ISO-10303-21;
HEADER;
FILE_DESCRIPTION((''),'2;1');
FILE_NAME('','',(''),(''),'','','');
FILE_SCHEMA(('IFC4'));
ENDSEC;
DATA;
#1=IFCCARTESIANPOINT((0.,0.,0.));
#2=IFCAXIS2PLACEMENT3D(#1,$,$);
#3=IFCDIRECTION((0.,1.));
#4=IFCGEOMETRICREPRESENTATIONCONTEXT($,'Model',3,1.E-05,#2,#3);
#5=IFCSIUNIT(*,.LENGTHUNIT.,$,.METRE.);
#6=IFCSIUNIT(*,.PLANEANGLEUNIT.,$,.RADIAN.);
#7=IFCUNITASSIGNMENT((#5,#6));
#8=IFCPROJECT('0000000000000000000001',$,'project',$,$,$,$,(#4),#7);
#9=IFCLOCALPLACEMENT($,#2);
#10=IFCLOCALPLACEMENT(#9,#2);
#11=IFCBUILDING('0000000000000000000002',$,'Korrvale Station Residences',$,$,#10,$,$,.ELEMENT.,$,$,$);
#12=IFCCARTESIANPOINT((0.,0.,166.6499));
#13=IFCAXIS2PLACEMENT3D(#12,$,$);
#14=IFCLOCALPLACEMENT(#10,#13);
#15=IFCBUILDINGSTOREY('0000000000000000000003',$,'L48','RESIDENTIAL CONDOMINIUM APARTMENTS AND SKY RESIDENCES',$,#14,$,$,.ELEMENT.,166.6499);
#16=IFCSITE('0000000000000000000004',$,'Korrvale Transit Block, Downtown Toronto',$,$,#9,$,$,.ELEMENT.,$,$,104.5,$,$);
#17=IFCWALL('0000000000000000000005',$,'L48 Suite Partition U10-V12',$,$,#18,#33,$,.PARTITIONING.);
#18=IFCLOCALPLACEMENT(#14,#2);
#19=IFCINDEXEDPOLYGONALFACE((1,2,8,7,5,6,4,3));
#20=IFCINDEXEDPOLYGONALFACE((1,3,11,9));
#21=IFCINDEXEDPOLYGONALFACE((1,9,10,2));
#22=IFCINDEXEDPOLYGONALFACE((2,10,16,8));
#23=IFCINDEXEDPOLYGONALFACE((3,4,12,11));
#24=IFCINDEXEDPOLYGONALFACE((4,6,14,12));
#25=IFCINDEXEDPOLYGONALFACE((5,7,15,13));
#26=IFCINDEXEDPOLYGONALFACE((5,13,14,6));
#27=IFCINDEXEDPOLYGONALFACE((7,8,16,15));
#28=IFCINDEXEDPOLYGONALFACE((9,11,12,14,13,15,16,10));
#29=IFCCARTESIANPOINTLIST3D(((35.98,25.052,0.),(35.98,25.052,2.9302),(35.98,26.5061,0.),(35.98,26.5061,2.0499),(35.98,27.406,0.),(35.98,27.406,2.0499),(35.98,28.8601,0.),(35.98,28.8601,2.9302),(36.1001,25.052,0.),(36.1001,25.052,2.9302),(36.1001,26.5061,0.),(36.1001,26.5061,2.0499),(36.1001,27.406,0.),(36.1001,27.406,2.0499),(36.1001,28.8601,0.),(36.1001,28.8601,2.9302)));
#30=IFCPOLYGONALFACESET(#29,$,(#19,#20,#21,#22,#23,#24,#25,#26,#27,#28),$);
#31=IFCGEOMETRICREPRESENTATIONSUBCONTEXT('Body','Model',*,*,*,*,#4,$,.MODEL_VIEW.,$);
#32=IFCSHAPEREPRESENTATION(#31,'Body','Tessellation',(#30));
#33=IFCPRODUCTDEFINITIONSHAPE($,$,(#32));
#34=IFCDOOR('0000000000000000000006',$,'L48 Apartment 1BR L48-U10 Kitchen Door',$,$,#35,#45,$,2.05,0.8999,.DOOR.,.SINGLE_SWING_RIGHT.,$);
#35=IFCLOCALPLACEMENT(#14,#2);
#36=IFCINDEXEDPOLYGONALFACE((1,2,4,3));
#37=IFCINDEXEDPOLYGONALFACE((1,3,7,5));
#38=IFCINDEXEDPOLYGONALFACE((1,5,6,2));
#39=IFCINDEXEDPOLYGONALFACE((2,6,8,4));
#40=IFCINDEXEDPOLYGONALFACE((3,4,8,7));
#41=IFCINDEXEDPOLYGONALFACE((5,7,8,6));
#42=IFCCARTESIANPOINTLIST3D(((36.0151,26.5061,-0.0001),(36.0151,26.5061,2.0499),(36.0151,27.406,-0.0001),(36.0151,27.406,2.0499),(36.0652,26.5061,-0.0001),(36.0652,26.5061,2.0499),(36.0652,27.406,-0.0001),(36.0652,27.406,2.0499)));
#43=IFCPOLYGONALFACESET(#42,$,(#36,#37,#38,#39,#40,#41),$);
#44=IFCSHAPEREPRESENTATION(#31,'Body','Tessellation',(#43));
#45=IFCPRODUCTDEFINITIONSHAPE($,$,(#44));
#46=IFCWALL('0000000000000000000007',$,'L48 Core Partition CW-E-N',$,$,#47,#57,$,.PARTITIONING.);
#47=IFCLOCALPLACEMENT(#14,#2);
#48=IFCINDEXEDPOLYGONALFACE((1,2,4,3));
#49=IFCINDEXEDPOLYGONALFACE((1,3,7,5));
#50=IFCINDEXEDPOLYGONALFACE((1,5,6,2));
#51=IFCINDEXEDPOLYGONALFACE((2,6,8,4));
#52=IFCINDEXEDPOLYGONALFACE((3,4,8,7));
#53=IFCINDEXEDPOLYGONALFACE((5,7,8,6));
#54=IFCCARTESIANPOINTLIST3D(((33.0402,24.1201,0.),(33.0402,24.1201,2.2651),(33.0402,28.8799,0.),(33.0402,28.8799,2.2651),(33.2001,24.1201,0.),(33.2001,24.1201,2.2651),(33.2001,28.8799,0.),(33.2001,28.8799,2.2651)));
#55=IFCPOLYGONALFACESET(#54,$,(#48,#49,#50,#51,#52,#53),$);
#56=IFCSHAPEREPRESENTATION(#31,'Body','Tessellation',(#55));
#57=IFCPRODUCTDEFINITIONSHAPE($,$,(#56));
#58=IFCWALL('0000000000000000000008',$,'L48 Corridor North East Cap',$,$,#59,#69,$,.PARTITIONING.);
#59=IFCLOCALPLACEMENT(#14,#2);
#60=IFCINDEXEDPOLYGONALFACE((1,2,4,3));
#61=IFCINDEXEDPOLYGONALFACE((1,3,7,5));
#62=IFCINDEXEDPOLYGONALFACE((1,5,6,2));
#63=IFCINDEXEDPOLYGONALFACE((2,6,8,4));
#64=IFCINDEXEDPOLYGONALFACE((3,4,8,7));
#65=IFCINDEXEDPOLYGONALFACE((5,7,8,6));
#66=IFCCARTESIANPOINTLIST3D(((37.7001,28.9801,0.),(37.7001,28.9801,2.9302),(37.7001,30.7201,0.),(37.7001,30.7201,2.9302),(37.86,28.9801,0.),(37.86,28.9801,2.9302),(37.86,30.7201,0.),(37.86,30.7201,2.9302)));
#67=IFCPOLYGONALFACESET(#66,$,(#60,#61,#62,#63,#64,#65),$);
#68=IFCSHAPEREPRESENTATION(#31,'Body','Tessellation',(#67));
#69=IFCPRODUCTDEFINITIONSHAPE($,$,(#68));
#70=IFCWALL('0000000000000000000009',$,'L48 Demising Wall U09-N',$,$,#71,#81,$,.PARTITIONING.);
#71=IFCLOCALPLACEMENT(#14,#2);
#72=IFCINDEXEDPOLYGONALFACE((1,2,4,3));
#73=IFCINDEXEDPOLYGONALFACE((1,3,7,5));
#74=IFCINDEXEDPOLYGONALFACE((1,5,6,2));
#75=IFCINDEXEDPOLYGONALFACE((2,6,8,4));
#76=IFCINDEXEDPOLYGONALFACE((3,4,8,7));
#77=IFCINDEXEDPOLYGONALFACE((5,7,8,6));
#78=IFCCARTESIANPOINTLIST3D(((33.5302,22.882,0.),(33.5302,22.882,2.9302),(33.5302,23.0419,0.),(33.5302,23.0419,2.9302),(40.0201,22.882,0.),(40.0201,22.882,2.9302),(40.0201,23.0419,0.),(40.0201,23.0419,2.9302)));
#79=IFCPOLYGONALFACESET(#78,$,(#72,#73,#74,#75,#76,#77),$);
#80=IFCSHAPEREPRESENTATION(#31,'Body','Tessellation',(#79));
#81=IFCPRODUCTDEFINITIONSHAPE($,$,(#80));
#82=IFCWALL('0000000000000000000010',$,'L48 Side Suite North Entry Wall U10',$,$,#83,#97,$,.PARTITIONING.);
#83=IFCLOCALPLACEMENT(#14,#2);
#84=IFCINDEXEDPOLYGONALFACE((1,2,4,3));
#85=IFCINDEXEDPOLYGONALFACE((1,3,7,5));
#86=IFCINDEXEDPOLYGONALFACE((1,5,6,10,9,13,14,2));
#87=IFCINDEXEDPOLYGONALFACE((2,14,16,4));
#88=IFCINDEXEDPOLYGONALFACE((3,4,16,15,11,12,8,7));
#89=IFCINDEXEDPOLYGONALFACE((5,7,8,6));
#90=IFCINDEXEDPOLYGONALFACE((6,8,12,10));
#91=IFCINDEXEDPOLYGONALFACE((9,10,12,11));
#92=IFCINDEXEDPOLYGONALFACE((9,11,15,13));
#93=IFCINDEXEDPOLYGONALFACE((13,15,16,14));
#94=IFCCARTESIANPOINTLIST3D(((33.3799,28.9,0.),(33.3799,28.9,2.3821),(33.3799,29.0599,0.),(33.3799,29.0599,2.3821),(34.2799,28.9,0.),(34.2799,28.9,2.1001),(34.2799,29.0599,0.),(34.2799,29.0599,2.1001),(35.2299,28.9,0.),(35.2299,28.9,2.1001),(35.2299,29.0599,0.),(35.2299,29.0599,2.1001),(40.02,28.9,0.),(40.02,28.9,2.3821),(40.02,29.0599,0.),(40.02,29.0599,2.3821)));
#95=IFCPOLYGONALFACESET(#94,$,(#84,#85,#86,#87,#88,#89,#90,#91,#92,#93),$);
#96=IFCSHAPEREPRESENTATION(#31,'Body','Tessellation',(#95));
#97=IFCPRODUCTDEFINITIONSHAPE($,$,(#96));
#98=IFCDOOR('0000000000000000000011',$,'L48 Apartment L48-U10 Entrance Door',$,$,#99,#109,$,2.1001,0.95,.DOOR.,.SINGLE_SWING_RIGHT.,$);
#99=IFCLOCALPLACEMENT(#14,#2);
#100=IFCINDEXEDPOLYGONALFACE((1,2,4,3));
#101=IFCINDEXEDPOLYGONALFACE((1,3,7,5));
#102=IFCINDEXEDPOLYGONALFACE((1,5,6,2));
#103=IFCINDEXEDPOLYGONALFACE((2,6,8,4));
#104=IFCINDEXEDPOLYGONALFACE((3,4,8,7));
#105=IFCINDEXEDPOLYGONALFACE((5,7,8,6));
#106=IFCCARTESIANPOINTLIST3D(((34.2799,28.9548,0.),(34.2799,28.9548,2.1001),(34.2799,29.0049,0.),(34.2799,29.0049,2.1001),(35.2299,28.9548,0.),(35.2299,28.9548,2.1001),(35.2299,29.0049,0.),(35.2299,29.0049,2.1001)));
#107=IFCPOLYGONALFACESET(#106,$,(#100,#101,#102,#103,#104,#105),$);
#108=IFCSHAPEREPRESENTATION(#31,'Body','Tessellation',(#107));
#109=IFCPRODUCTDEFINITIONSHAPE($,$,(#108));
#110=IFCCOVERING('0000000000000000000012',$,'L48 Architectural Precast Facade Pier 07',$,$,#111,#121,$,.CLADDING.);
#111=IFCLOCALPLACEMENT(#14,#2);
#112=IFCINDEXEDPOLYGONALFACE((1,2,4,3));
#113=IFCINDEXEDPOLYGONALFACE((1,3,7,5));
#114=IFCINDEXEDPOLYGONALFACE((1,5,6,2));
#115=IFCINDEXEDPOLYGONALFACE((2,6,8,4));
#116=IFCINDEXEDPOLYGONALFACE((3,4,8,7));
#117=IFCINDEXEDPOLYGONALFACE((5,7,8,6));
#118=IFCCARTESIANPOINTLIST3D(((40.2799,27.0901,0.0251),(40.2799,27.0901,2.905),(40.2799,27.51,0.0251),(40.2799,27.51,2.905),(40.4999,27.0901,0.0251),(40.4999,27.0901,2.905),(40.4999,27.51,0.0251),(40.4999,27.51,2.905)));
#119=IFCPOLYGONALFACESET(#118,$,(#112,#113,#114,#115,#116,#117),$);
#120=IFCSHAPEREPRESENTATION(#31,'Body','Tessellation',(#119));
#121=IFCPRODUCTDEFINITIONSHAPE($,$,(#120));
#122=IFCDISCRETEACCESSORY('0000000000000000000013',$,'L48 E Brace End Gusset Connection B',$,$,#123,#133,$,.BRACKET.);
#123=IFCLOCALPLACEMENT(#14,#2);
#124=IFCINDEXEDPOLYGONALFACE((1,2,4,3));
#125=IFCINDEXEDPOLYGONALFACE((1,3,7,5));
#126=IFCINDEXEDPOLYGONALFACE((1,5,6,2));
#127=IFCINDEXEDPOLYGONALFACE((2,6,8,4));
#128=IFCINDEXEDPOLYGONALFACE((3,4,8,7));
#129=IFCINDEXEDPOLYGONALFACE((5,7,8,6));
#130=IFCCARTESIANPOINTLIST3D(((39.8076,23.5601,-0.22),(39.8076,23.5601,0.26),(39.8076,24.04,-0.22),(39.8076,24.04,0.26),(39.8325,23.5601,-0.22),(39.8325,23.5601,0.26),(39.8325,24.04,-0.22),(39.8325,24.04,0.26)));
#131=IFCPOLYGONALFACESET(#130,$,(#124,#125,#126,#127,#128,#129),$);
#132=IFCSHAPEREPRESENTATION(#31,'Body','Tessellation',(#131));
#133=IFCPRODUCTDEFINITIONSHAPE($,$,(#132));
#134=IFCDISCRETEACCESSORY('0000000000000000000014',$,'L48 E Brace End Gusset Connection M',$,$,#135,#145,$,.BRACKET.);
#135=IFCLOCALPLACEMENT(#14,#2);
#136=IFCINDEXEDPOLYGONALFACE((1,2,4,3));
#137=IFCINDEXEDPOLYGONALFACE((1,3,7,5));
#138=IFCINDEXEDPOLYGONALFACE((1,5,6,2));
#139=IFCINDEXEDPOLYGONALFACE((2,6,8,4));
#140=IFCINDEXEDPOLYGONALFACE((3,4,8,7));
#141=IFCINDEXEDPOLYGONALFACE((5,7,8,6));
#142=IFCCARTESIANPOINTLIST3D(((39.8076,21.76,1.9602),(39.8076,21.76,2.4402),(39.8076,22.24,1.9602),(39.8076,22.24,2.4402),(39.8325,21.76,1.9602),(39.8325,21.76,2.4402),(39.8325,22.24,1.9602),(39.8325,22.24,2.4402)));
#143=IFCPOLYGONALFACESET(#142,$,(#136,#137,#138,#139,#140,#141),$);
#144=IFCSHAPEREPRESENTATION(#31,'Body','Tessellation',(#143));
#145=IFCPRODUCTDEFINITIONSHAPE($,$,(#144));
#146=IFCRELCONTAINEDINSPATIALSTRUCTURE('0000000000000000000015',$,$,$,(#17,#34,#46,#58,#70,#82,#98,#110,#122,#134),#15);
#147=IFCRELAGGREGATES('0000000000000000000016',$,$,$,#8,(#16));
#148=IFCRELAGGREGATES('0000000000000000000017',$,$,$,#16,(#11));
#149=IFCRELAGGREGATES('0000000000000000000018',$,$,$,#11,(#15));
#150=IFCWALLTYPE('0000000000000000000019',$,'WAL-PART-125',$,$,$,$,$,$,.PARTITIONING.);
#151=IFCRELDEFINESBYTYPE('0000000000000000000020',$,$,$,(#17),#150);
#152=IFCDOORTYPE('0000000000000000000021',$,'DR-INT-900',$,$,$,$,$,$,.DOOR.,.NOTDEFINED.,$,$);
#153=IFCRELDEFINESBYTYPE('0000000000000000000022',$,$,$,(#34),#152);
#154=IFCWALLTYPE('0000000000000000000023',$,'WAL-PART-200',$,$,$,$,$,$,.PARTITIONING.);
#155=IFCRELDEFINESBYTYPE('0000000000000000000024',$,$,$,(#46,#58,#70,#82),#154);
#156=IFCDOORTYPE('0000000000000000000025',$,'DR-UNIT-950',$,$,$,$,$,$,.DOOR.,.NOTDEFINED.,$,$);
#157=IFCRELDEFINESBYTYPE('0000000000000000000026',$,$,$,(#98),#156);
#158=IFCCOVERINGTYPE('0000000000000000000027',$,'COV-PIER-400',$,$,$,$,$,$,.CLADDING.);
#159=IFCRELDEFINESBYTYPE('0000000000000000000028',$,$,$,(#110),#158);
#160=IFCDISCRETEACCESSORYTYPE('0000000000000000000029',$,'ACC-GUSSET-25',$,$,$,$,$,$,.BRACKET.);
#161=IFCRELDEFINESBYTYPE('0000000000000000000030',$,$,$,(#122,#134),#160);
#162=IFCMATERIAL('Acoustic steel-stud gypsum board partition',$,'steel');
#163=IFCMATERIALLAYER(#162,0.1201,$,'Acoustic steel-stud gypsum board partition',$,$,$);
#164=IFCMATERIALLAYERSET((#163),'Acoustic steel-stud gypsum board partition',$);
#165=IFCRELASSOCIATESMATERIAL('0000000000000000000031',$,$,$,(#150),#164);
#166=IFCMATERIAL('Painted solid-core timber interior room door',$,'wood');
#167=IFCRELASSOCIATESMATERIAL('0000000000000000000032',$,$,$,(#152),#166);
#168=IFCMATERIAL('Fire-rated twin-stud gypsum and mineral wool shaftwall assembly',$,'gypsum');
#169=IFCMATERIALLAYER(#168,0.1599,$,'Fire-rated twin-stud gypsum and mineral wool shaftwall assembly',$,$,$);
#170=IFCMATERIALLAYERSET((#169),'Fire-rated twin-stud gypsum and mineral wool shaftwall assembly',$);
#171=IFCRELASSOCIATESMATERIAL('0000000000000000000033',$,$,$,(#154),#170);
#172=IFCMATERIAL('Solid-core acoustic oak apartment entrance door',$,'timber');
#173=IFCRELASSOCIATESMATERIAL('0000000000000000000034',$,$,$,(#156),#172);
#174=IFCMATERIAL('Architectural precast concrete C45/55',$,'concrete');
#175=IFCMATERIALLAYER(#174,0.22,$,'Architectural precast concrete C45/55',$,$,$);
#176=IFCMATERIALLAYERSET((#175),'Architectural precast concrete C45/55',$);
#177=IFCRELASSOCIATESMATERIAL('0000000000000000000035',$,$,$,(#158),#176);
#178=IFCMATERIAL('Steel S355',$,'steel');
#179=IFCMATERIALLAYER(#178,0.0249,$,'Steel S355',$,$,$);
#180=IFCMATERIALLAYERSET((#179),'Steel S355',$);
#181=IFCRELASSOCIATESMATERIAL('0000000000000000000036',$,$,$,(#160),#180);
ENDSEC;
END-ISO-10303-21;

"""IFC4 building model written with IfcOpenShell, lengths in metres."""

from ifc_helpers import new_model, si_unit, direction, frame, frame_2d, origin, origin_2d, place, context, subcontext, project, spatial, rectangle, extrude, material, layer, layer_set, type_object, element, fill, save


model = new_model("IFC4")

# Units and contexts
model_context = context("Model", 3, precision=1e-05, world=origin(), true_north=direction((0.0, 1.0)))
body_context = subcontext(model_context, "Body", "Model", "MODEL_VIEW")
ifc_project = project(units=[si_unit("LENGTHUNIT", "METRE"), si_unit("PLANEANGLEUNIT", "RADIAN")], contexts=[model_context])

# Site, building, storey
site_placement = place(None, origin())
site = spatial("IfcSite", under=ifc_project, at=site_placement, Name="Korrvale Transit Block, Downtown Toronto", CompositionType="ELEMENT", RefElevation=104.5)
building_placement = place(site_placement, origin())
building = spatial("IfcBuilding", under=site, at=building_placement, Name="Korrvale Station Residences", CompositionType="ELEMENT")
storey_placement = place(building_placement, frame((0.0, 0.0, 166.6499)))
storey = spatial("IfcBuildingStorey", under=building, at=storey_placement, Name="L48", Description="RESIDENTIAL CONDOMINIUM APARTMENTS AND SKY RESIDENCES", CompositionType="ELEMENT", Elevation=166.6499)

# Shared definitions
ifc_material_1 = material(Name="Steel S355", Category="steel")

# Shared definitions
ifc_material_2 = material(Name="Acoustic steel-stud gypsum board partition", Category="steel")
ifc_layer_1 = layer(ifc_material_2, 0.1201, Name="Acoustic steel-stud gypsum board partition")
ifc_layer_set_1 = layer_set([ifc_layer_1], Name="Acoustic steel-stud gypsum board partition")
wall_type_1 = type_object("IfcWallType", Name="WAL-PART-125", PredefinedType="PARTITIONING", material=ifc_layer_set_1)

# Wall, opening, door
wall_1_placement = place(storey_placement, frame((36.04, 25.052, 0.0), z_axis=(0.0, 0.0, 1.0), x_axis=(0.0, 1.0, 0.0)))
wall_1 = element("IfcWall", 1, at=wall_1_placement, inside=storey, type_object=wall_type_1, Name="L48 Suite Partition U10-V12", PredefinedType="PARTITIONING", context=body_context, shape_type="SweptSolid", body=[
    extrude(rectangle(XDim=3.8081, YDim=0.1201, at=frame_2d((1.9041, 0.0))), origin(), (0.0, 0.0, 1.0), 2.9302),
])
opening_1_placement = place(wall_1_placement, frame((1.4541, 0.0, 0.0)))
opening_1 = element("IfcOpeningElement", 2, at=opening_1_placement, cuts=wall_1, PredefinedType="OPENING", context=body_context, shape_type="SweptSolid", body=[
    extrude(rectangle(XDim=0.8999, YDim=2.05, at=frame_2d((0.45, 1.0249))), frame((0.0, 0.0701, 0.0), z_axis=(0.0, -1.0, 0.0), x_axis=(1.0, 0.0, 0.0)), (0.0, 0.0, 1.0), 0.1401),
])
ifc_material_3 = material(Name="Painted solid-core timber interior room door", Category="wood")
door_type_1 = type_object("IfcDoorType", Name="DR-INT-900", OperationType="NOTDEFINED", PredefinedType="DOOR", material=ifc_material_3)
door_1_placement = place(opening_1_placement, origin())
door_1 = element("IfcDoor", 3, at=door_1_placement, inside=storey, type_object=door_type_1, Name="L48 Apartment 1BR L48-U10 Kitchen Door", OperationType="SINGLE_SWING_RIGHT", OverallHeight=2.05, OverallWidth=0.8999, PredefinedType="DOOR", context=body_context, shape_type="SweptSolid", body=[
    extrude(rectangle(XDim=0.8999, YDim=2.05, at=frame_2d((0.45, 1.0249))), frame((0.0, 0.0249, 0.0), z_axis=(0.0, -1.0, 0.0), x_axis=(1.0, 0.0, 0.0)), (0.0, 0.0, 1.0), 0.05),
])
fill(opening_1, door_1)

# Walls
ifc_material_4 = material(Name="Fire-rated twin-stud gypsum and mineral wool shaftwall assembly", Category="gypsum")
ifc_layer_2 = layer(ifc_material_4, 0.1599, Name="Fire-rated twin-stud gypsum and mineral wool shaftwall assembly")
ifc_layer_set_2 = layer_set([ifc_layer_2], Name="Fire-rated twin-stud gypsum and mineral wool shaftwall assembly")
wall_type_2 = type_object("IfcWallType", Name="WAL-PART-200", PredefinedType="PARTITIONING", material=ifc_layer_set_2)
wall_2_placement = place(storey_placement, frame((33.1201, 24.1201, 0.0), z_axis=(0.0, 0.0, 1.0), x_axis=(0.0, 1.0, 0.0)))
element("IfcWall", 4, at=wall_2_placement, inside=storey, type_object=wall_type_2, Name="L48 Core Partition CW-E-N", PredefinedType="PARTITIONING", context=body_context, shape_type="SweptSolid", body=[
    extrude(rectangle(XDim=4.7598, YDim=0.1599, at=frame_2d((2.3799, 0.0))), origin(), (0.0, 0.0, 1.0), 2.2651),
])
wall_3_placement = place(storey_placement, frame((37.78, 28.98, 0.0), z_axis=(0.0, 0.0, 1.0), x_axis=(0.0, 1.0, 0.0)))
element("IfcWall", 5, at=wall_3_placement, inside=storey, type_object=wall_type_2, Name="L48 Corridor North East Cap", PredefinedType="PARTITIONING", context=body_context, shape_type="SweptSolid", body=[
    extrude(rectangle(XDim=1.74, YDim=0.1599, at=frame_2d((0.8701, 0.0))), origin(), (0.0, 0.0, 1.0), 2.9302),
])
wall_4_placement = place(storey_placement, frame((33.53, 22.9619, 0.0), z_axis=(0.0, 0.0, 1.0), x_axis=(1.0, 0.0, 0.0)))
element("IfcWall", 6, at=wall_4_placement, inside=storey, type_object=wall_type_2, Name="L48 Demising Wall U09-N", PredefinedType="PARTITIONING", context=body_context, shape_type="SweptSolid", body=[
    extrude(rectangle(XDim=6.49, YDim=0.1599, at=frame_2d((3.2451, 0.0))), origin(), (0.0, 0.0, 1.0), 2.9302),
])

# Wall, opening, door
wall_5_placement = place(storey_placement, frame((33.3799, 28.98, 0.0), z_axis=(0.0, 0.0, 1.0), x_axis=(1.0, 0.0, 0.0)))
wall_5 = element("IfcWall", 7, at=wall_5_placement, inside=storey, type_object=wall_type_2, Name="L48 Side Suite North Entry Wall U10", PredefinedType="PARTITIONING", context=body_context, shape_type="SweptSolid", body=[
    extrude(rectangle(XDim=6.6401, YDim=0.1599, at=frame_2d((3.3201, 0.0))), origin(), (0.0, 0.0, 1.0), 2.3821),
])
opening_2_placement = place(wall_5_placement, frame((0.8999, 0.0, 0.0)))
opening_2 = element("IfcOpeningElement", 8, at=opening_2_placement, cuts=wall_5, PredefinedType="OPENING", context=body_context, shape_type="SweptSolid", body=[
    extrude(rectangle(XDim=0.95, YDim=2.1001, at=frame_2d((0.4751, 1.05))), frame((0.0, 0.0898, 0.0), z_axis=(0.0, -1.0, 0.0), x_axis=(1.0, 0.0, 0.0)), (0.0, 0.0, 1.0), 0.1799),
])
ifc_material_5 = material(Name="Solid-core acoustic oak apartment entrance door", Category="timber")
door_type_2 = type_object("IfcDoorType", Name="DR-UNIT-950", OperationType="NOTDEFINED", PredefinedType="DOOR", material=ifc_material_5)
door_2_placement = place(opening_2_placement, origin())
door_2 = element("IfcDoor", 9, at=door_2_placement, inside=storey, type_object=door_type_2, Name="L48 Apartment L48-U10 Entrance Door", OperationType="SINGLE_SWING_RIGHT", OverallHeight=2.1001, OverallWidth=0.95, PredefinedType="DOOR", context=body_context, shape_type="SweptSolid", body=[
    extrude(rectangle(XDim=0.95, YDim=2.1001, at=frame_2d((0.4751, 1.05))), frame((0.0, 0.0249, 0.0), z_axis=(0.0, -1.0, 0.0), x_axis=(1.0, 0.0, 0.0)), (0.0, 0.0, 1.0), 0.05),
])
fill(opening_2, door_2)

# Covering
ifc_material_6 = material(Name="Architectural precast concrete C45/55", Category="concrete")
ifc_layer_3 = layer(ifc_material_6, 0.22, Name="Architectural precast concrete C45/55")
ifc_layer_set_3 = layer_set([ifc_layer_3], Name="Architectural precast concrete C45/55")
covering_type = type_object("IfcCoveringType", Name="COV-PIER-400", PredefinedType="CLADDING", material=ifc_layer_set_3)
covering_placement = place(storey_placement, frame((40.3899, 27.3, 0.0251), z_axis=(0.0, 0.0, 1.0), x_axis=(0.0, 1.0, 0.0)))
element("IfcCovering", 10, at=covering_placement, inside=storey, type_object=covering_type, Name="L48 Architectural Precast Facade Pier 07", PredefinedType="CLADDING", context=body_context, shape_type="SweptSolid", body=[
    extrude(rectangle(XDim=0.4199, YDim=0.22, at=origin_2d()), origin(), (0.0, 0.0, 1.0), 2.8799),
])

# Discrete accessories
ifc_layer_4 = layer(ifc_material_1, 0.0249, Name="Steel S355")
ifc_layer_set_4 = layer_set([ifc_layer_4], Name="Steel S355")
discrete_accessory_type = type_object("IfcDiscreteAccessoryType", Name="ACC-GUSSET-25", PredefinedType="BRACKET", material=ifc_layer_set_4)
for number, where, z_axis, x_axis, name in (
    (11, (39.8201, 23.8, -0.22), (0.0, 0.0, 1.0), (0.0, 1.0, 0.0), "L48 E Brace End Gusset Connection B"),
    (12, (39.8201, 22.0, 1.9602), (0.0, 0.0, 1.0), (0.0, 1.0, 0.0), "L48 E Brace End Gusset Connection M"),
):
    element("IfcDiscreteAccessory", number, at=place(storey_placement, frame(where, z_axis=z_axis, x_axis=x_axis)), inside=storey, type_object=discrete_accessory_type, Name=name, PredefinedType="BRACKET", context=body_context, shape_type="SweptSolid", body=[
        extrude(rectangle(XDim=0.48, YDim=0.0249, at=origin_2d()), origin(), (0.0, 0.0, 1.0), 0.48),
    ])

save(model, "model.ifc")
